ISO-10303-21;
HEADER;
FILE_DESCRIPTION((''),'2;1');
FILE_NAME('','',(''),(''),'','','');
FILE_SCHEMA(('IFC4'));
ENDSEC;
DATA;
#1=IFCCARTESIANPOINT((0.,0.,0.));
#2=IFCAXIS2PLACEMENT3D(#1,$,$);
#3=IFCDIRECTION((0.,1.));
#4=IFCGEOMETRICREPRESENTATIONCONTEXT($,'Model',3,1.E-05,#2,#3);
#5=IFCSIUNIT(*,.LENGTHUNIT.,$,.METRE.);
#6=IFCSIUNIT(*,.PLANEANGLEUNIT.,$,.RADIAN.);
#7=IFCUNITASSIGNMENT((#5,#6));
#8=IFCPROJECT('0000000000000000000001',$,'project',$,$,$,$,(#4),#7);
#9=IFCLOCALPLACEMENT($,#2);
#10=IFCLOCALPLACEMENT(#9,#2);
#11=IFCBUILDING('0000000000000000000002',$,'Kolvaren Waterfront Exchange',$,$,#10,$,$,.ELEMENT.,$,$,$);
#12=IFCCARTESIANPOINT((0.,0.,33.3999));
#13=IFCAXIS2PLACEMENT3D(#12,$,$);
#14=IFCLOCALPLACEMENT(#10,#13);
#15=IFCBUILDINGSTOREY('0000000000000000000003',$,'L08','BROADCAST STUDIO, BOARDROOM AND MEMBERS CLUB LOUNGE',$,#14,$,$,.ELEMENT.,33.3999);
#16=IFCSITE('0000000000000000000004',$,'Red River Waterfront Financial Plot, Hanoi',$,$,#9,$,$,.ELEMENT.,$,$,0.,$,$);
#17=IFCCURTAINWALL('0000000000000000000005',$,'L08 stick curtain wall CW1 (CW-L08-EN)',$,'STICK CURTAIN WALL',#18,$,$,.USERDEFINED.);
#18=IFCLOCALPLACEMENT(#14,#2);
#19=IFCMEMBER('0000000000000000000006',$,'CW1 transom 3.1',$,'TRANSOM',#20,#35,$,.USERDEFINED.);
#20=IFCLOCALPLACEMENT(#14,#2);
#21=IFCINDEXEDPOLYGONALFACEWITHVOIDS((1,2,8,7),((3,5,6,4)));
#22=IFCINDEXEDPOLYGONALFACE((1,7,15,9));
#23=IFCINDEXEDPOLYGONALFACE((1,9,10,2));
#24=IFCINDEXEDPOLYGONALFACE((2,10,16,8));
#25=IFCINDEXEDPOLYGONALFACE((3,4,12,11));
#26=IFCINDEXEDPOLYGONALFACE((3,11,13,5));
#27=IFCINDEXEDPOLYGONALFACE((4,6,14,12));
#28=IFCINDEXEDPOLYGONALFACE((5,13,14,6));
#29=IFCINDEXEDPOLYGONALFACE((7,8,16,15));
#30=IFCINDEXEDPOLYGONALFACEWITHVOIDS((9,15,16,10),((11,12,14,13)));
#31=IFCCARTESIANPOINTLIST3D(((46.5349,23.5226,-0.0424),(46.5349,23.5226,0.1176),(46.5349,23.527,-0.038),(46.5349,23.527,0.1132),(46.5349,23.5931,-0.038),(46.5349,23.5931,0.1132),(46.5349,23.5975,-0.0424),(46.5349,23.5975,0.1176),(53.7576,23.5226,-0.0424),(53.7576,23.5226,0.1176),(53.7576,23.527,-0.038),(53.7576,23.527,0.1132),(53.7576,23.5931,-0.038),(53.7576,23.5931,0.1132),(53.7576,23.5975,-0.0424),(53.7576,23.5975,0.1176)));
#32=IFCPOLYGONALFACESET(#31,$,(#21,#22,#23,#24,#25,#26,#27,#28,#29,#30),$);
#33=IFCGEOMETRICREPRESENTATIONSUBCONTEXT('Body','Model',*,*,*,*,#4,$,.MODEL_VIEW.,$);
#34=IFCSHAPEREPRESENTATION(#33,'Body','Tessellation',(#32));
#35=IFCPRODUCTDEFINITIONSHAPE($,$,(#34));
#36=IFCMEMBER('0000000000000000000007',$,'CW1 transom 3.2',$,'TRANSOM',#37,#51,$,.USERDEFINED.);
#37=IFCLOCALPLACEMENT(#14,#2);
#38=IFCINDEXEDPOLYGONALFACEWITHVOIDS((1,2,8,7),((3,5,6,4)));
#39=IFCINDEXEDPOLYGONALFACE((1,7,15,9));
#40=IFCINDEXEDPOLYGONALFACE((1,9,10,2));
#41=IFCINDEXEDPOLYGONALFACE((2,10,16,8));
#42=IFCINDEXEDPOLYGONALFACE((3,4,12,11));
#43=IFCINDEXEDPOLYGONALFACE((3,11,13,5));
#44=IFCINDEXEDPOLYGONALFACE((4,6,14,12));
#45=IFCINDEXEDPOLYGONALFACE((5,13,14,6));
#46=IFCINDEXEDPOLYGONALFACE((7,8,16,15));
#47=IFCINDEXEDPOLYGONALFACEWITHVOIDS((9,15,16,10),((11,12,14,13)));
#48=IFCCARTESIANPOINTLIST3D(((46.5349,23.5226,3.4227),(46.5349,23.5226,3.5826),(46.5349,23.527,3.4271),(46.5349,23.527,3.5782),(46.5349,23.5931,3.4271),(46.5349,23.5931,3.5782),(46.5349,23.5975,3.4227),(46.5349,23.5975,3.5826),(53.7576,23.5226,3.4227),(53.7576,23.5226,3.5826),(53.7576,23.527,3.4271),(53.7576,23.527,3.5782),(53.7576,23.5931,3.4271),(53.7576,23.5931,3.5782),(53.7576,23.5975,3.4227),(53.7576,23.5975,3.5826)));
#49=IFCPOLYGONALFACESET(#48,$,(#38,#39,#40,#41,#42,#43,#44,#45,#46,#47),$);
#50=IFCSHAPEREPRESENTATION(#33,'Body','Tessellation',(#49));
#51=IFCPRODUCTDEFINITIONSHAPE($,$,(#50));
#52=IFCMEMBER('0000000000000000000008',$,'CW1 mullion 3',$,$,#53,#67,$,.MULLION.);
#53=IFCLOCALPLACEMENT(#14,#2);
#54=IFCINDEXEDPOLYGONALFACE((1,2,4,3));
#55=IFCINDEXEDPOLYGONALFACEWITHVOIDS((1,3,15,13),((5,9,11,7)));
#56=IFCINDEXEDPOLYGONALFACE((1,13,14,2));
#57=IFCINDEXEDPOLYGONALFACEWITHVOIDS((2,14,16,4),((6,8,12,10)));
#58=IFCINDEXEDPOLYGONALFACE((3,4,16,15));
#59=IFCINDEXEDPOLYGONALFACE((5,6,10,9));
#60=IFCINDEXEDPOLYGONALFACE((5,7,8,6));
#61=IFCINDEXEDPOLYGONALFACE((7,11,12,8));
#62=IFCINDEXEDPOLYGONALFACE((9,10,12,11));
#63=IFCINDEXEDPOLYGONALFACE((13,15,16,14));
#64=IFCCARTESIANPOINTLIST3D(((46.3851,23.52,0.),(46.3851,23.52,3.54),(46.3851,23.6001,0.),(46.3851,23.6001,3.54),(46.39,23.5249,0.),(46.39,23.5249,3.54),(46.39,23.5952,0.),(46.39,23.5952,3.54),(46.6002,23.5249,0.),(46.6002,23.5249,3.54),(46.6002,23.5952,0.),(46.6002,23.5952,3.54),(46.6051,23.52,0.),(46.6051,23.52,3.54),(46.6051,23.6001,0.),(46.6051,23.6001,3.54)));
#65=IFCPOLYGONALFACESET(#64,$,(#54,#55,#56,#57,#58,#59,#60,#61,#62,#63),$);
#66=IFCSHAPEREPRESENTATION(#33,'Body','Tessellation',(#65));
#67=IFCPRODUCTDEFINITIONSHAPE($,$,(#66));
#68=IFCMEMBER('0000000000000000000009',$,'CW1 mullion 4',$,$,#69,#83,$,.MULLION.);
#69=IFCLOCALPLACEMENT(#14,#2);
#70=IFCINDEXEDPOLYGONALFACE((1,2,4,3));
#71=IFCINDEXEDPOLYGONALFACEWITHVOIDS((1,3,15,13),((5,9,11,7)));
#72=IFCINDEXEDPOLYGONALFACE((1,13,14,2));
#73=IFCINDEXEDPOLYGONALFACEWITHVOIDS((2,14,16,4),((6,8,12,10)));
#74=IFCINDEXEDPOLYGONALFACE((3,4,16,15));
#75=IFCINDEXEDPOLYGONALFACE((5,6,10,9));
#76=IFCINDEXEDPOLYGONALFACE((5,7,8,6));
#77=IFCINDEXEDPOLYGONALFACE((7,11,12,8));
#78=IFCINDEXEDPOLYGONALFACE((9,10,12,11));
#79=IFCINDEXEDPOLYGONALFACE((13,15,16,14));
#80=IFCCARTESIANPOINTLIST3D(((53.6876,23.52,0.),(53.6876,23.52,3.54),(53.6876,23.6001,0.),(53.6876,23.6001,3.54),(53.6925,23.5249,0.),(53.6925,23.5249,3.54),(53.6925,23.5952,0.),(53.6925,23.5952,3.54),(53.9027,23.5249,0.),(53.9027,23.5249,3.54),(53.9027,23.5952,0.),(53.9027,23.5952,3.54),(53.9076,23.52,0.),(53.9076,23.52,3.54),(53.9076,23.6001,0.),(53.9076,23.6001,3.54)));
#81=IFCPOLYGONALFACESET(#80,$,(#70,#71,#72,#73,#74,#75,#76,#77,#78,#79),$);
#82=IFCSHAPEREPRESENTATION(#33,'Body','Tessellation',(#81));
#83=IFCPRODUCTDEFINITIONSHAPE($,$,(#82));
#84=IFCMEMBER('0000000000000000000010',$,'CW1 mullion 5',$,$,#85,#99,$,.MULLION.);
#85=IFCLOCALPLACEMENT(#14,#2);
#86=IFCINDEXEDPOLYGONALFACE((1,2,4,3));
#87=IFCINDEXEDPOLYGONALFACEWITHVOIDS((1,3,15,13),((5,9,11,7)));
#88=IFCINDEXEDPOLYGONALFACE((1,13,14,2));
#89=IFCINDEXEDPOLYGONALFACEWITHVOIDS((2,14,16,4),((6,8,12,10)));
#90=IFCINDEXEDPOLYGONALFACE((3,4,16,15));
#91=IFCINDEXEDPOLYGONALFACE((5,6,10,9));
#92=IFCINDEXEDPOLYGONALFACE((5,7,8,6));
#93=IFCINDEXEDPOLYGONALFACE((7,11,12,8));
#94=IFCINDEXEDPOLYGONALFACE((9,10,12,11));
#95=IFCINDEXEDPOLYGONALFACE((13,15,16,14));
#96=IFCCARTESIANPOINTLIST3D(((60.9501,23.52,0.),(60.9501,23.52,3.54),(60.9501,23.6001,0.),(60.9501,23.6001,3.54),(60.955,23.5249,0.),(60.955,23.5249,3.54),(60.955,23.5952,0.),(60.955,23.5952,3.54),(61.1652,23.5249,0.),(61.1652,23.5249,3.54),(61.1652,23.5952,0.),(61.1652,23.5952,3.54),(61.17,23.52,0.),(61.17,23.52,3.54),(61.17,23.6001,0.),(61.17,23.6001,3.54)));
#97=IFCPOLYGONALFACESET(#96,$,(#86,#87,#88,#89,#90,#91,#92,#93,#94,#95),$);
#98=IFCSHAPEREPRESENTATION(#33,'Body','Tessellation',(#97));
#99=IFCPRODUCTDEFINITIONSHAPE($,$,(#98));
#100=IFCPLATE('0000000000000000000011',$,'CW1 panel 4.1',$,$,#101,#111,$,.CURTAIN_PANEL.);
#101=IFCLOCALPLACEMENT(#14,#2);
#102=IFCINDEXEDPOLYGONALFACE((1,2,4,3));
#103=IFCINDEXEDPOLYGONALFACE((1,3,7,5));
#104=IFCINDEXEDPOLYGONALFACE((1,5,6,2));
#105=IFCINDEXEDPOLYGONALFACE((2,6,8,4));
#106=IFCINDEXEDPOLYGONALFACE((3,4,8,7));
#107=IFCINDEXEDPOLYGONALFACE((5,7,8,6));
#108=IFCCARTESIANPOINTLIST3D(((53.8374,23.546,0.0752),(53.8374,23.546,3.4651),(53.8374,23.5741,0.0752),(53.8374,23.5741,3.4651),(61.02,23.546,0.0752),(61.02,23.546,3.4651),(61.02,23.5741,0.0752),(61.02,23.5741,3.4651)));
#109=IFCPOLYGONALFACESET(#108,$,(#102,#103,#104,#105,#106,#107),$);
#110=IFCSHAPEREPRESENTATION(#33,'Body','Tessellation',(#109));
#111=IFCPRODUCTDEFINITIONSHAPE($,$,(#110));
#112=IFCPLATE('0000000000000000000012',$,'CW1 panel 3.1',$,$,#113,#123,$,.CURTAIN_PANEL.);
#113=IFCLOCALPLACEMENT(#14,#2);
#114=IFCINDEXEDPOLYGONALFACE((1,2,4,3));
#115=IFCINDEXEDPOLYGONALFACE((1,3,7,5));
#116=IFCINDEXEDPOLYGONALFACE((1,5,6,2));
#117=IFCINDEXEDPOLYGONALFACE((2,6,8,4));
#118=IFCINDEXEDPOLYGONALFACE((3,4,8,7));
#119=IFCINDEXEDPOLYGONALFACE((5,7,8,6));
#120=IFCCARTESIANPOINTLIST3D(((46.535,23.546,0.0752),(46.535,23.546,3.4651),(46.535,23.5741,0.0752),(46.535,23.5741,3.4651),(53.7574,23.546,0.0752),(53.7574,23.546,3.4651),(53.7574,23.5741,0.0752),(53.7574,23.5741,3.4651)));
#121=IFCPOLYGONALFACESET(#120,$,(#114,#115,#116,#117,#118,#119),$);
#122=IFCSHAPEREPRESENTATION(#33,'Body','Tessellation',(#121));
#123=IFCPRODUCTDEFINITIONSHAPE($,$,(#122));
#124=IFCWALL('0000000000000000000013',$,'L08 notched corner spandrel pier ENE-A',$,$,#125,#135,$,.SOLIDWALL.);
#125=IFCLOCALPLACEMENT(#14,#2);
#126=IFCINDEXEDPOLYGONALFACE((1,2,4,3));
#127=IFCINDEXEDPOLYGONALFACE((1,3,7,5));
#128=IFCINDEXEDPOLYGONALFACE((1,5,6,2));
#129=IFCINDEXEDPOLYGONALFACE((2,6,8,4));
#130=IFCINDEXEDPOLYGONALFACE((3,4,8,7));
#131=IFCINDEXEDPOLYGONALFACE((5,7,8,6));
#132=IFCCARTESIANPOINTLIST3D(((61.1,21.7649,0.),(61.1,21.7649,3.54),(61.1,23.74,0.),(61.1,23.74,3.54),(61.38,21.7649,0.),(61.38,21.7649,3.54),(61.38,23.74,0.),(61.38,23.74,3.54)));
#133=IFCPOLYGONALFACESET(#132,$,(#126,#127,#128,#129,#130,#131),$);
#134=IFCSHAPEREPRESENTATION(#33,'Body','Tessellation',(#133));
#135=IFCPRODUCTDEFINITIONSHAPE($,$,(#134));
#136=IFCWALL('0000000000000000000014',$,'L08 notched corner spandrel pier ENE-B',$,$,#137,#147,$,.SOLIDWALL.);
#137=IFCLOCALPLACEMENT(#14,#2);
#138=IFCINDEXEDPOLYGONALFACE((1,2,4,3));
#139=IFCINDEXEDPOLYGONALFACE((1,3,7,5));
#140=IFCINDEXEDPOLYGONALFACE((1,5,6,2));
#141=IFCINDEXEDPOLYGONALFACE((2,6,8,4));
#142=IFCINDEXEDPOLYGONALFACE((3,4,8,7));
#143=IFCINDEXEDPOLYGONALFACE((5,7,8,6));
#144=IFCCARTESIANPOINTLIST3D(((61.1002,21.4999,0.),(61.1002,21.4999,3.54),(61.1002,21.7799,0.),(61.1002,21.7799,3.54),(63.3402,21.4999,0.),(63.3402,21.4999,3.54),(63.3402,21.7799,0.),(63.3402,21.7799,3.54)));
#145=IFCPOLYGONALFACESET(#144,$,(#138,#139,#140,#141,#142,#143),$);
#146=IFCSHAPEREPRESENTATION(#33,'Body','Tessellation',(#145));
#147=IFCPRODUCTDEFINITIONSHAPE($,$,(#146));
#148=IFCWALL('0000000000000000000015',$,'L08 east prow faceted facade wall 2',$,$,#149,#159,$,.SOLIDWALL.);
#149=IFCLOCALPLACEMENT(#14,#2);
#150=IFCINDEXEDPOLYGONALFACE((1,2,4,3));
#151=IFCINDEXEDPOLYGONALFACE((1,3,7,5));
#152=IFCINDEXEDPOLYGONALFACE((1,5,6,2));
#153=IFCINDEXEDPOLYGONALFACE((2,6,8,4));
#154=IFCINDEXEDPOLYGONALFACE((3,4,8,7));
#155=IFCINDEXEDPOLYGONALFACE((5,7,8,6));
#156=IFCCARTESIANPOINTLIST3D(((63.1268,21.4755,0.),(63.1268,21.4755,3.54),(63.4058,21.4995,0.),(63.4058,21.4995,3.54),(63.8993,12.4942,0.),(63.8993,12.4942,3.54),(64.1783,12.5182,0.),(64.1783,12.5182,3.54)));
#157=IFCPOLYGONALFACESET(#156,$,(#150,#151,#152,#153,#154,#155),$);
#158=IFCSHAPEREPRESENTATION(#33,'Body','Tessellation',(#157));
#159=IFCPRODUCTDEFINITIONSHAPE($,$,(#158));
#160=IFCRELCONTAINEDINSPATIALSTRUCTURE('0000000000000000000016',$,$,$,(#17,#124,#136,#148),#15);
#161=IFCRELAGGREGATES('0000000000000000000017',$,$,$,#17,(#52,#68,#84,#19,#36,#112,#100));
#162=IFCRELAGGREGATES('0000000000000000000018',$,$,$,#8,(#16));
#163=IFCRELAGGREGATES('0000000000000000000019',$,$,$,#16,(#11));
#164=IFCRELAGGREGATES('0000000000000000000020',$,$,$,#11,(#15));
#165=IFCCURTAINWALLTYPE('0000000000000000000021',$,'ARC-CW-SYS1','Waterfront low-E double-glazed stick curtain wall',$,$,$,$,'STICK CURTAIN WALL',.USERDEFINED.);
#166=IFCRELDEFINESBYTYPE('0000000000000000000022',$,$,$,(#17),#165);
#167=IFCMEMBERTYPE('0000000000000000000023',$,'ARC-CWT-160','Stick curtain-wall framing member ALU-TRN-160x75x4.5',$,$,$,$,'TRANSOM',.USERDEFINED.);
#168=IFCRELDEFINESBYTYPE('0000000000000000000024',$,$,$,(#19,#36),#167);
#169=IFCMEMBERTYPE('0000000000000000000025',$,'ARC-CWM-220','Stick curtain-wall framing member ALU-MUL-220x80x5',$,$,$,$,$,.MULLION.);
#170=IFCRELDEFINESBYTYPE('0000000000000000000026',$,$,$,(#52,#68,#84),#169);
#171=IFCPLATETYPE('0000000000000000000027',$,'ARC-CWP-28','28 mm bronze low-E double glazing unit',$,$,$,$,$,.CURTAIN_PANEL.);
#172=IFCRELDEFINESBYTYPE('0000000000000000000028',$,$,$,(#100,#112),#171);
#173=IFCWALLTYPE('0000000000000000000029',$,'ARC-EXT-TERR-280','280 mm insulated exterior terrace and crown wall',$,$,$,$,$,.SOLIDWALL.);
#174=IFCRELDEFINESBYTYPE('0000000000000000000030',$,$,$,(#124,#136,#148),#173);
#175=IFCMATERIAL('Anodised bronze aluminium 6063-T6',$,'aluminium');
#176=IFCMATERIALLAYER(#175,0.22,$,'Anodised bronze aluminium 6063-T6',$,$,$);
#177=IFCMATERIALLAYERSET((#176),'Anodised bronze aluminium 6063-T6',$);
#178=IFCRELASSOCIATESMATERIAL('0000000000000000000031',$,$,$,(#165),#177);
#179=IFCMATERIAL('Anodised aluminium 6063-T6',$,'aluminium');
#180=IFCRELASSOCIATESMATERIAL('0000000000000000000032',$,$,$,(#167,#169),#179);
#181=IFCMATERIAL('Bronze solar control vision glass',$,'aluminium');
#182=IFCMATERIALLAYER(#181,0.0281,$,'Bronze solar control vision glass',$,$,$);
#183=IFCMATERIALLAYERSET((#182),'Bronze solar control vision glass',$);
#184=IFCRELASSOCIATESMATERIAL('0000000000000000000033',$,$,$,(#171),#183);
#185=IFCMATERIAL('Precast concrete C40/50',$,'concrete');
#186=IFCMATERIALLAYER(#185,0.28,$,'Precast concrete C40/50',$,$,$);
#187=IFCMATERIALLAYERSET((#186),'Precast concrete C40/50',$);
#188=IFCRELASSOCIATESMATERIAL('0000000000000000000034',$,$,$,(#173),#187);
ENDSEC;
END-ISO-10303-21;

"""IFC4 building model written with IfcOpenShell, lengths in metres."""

from ifc_helpers import new_model, si_unit, direction, frame, frame_2d, origin, origin_with_axes, origin_2d, place, context, subcontext, project, spatial, rectangle, hollow_rectangle, extrude, source, transform, mapped, material, layer, layer_set, material_profile, profile_set, type_object, element, aggregate, save


model = new_model("IFC4")

# Units and contexts
model_context = context("Model", 3, precision=1e-05, world=origin(), true_north=direction((0.0, 1.0)))
body_context = subcontext(model_context, "Body", "Model", "MODEL_VIEW")
ifc_project = project(units=[si_unit("LENGTHUNIT", "METRE"), si_unit("PLANEANGLEUNIT", "RADIAN")], contexts=[model_context])

# Site, building, storey
site_placement = place(None, origin())
site = spatial("IfcSite", under=ifc_project, at=site_placement, Name="Red River Waterfront Financial Plot, Hanoi", CompositionType="ELEMENT", RefElevation=0.0)
building_placement = place(site_placement, origin())
building = spatial("IfcBuilding", under=site, at=building_placement, Name="Kolvaren Waterfront Exchange", CompositionType="ELEMENT")
storey_placement = place(building_placement, frame((0.0, 0.0, 33.3999)))
storey = spatial("IfcBuildingStorey", under=building, at=storey_placement, Name="L08", Description="BROADCAST STUDIO, BOARDROOM AND MEMBERS CLUB LOUNGE", CompositionType="ELEMENT", Elevation=33.3999)

# Curtain wall, members, plates
ifc_material_1 = material(Name="Anodised bronze aluminium 6063-T6", Category="aluminium")
ifc_layer_1 = layer(ifc_material_1, 0.22, Name="Anodised bronze aluminium 6063-T6")
ifc_layer_set_1 = layer_set([ifc_layer_1], Name="Anodised bronze aluminium 6063-T6")
curtain_wall_type = type_object("IfcCurtainWallType", Name="ARC-CW-SYS1", Description="Waterfront low-E double-glazed stick curtain wall", ElementType="STICK CURTAIN WALL", PredefinedType="USERDEFINED", material=ifc_layer_set_1)
curtain_wall_placement = place(storey_placement, origin())
curtain_wall = element("IfcCurtainWall", 1, at=curtain_wall_placement, inside=storey, type_object=curtain_wall_type, Name="L08 stick curtain wall CW1 (CW-L08-EN)", ObjectType="STICK CURTAIN WALL", PredefinedType="USERDEFINED")
ifc_material_2 = material(Name="Anodised aluminium 6063-T6", Category="aluminium")
ifc_material_profile_1 = material_profile(ifc_material_2, hollow_rectangle(XDim=0.075, YDim=0.1599, WallThickness=0.0044, at=origin_2d()), Name="ALU-TRN-160x75x4.5")
ifc_profile_set_1 = profile_set([ifc_material_profile_1], Name="Anodised aluminium 6063-T6")
member_type_1 = type_object("IfcMemberType", Name="ARC-CWT-160", Description="Stick curtain-wall framing member ALU-TRN-160x75x4.5", ElementType="TRANSOM", PredefinedType="USERDEFINED", material=ifc_profile_set_1)
shared_shape_1 = source(origin_with_axes(), body_context, "Body", "SweptSolid", [
    extrude(hollow_rectangle(XDim=0.075, YDim=0.1599, WallThickness=0.0044, at=origin_2d()), origin(), (0.0, 0.0, 1.0), 7.2227),
])
member_1_placement = place(storey_placement, frame((46.5349, 23.5601, 0.0376), z_axis=(1.0, 0.0, 0.0), x_axis=(0.0, 1.0, 0.0)))
member_1 = element("IfcMember", 2, at=member_1_placement, type_object=member_type_1, Name="CW1 transom 3.1", ObjectType="TRANSOM", PredefinedType="USERDEFINED", context=body_context, shape_type="MappedRepresentation", body=[
    mapped(shared_shape_1, transform((0.0, 0.0, 0.0), x_axis=(1.0, 0.0, 0.0), y_axis=(0.0, 1.0, 0.0), z_axis=(0.0, 0.0, 1.0), scale=1.0)),
])
member_2_placement = place(storey_placement, frame((46.5349, 23.5601, 3.5027), z_axis=(1.0, 0.0, 0.0), x_axis=(0.0, 1.0, 0.0)))
member_2 = element("IfcMember", 3, at=member_2_placement, type_object=member_type_1, Name="CW1 transom 3.2", ObjectType="TRANSOM", PredefinedType="USERDEFINED", context=body_context, shape_type="MappedRepresentation", body=[
    mapped(shared_shape_1, transform((0.0, 0.0, 0.0), x_axis=(1.0, 0.0, 0.0), y_axis=(0.0, 1.0, 0.0), z_axis=(0.0, 0.0, 1.0), scale=1.0)),
])
ifc_material_profile_2 = material_profile(ifc_material_2, hollow_rectangle(XDim=0.0801, YDim=0.22, WallThickness=0.0049, at=origin_2d()), Name="ALU-MUL-220x80x5")
ifc_profile_set_2 = profile_set([ifc_material_profile_2], Name="Anodised aluminium 6063-T6")
member_type_2 = type_object("IfcMemberType", Name="ARC-CWM-220", Description="Stick curtain-wall framing member ALU-MUL-220x80x5", PredefinedType="MULLION", material=ifc_profile_set_2)
shared_shape_2 = source(origin_with_axes(), body_context, "Body", "SweptSolid", [
    extrude(hollow_rectangle(XDim=0.0801, YDim=0.22, WallThickness=0.0049, at=origin_2d()), origin(), (0.0, 0.0, 1.0), 3.54),
])
member_3_placement = place(storey_placement, frame((46.4951, 23.5601, 0.0), z_axis=(0.0, 0.0, 1.0), x_axis=(0.0, 1.0, 0.0)))
member_3 = element("IfcMember", 4, at=member_3_placement, type_object=member_type_2, Name="CW1 mullion 3", PredefinedType="MULLION", context=body_context, shape_type="MappedRepresentation", body=[
    mapped(shared_shape_2, transform((0.0, 0.0, 0.0), x_axis=(1.0, 0.0, 0.0), y_axis=(0.0, 1.0, 0.0), z_axis=(0.0, 0.0, 1.0), scale=1.0)),
])
member_4_placement = place(storey_placement, frame((53.7976, 23.5601, 0.0), z_axis=(0.0, 0.0, 1.0), x_axis=(0.0, 1.0, 0.0)))
member_4 = element("IfcMember", 5, at=member_4_placement, type_object=member_type_2, Name="CW1 mullion 4", PredefinedType="MULLION", context=body_context, shape_type="MappedRepresentation", body=[
    mapped(shared_shape_2, transform((0.0, 0.0, 0.0), x_axis=(1.0, 0.0, 0.0), y_axis=(0.0, 1.0, 0.0), z_axis=(0.0, 0.0, 1.0), scale=1.0)),
])
member_5_placement = place(storey_placement, frame((61.0601, 23.5601, 0.0), z_axis=(0.0, 0.0, 1.0), x_axis=(0.0, 1.0, 0.0)))
member_5 = element("IfcMember", 6, at=member_5_placement, type_object=member_type_2, Name="CW1 mullion 5", PredefinedType="MULLION", context=body_context, shape_type="MappedRepresentation", body=[
    mapped(shared_shape_2, transform((0.0, 0.0, 0.0), x_axis=(1.0, 0.0, 0.0), y_axis=(0.0, 1.0, 0.0), z_axis=(0.0, 0.0, 1.0), scale=1.0)),
])
ifc_material_3 = material(Name="Bronze solar control vision glass", Category="aluminium")
ifc_layer_2 = layer(ifc_material_3, 0.0281, Name="Bronze solar control vision glass")
ifc_layer_set_2 = layer_set([ifc_layer_2], Name="Bronze solar control vision glass")
plate_type = type_object("IfcPlateType", Name="ARC-CWP-28", Description="28 mm bronze low-E double glazing unit", PredefinedType="CURTAIN_PANEL", material=ifc_layer_set_2)
shared_shape_3 = source(origin_with_axes(), body_context, "Body", "SweptSolid", [
    extrude(rectangle(XDim=7.1826, YDim=0.0281, at=origin_2d()), origin(), (0.0, 0.0, 1.0), 3.3899),
])
plate_1_placement = place(storey_placement, frame((57.4287, 23.5601, 0.0752), z_axis=(0.0, 0.0, 1.0), x_axis=(1.0, 0.0, 0.0)))
plate_1 = element("IfcPlate", 7, at=plate_1_placement, type_object=plate_type, Name="CW1 panel 4.1", PredefinedType="CURTAIN_PANEL", context=body_context, shape_type="MappedRepresentation", body=[
    mapped(shared_shape_3, transform((0.0, 0.0, 0.0), x_axis=(1.0, 0.0, 0.0), y_axis=(0.0, 1.0, 0.0), z_axis=(0.0, 0.0, 1.0), scale=1.0)),
])
shared_shape_4 = source(origin_with_axes(), body_context, "Body", "SweptSolid", [
    extrude(rectangle(XDim=7.2224, YDim=0.0281, at=origin_2d()), origin(), (0.0, 0.0, 1.0), 3.3899),
])
plate_2_placement = place(storey_placement, frame((50.1462, 23.5601, 0.0752), z_axis=(0.0, 0.0, 1.0), x_axis=(1.0, 0.0, 0.0)))
plate_2 = element("IfcPlate", 8, at=plate_2_placement, type_object=plate_type, Name="CW1 panel 3.1", PredefinedType="CURTAIN_PANEL", context=body_context, shape_type="MappedRepresentation", body=[
    mapped(shared_shape_4, transform((0.0, 0.0, 0.0), x_axis=(1.0, 0.0, 0.0), y_axis=(0.0, 1.0, 0.0), z_axis=(0.0, 0.0, 1.0), scale=1.0)),
])
aggregate(curtain_wall, [member_3, member_4, member_5, member_1, member_2, plate_2, plate_1])

# Walls
ifc_material_4 = material(Name="Precast concrete C40/50", Category="concrete")
ifc_layer_3 = layer(ifc_material_4, 0.28, Name="Precast concrete C40/50")
ifc_layer_set_3 = layer_set([ifc_layer_3], Name="Precast concrete C40/50")
wall_type = type_object("IfcWallType", Name="ARC-EXT-TERR-280", Description="280 mm insulated exterior terrace and crown wall", PredefinedType="SOLIDWALL", material=ifc_layer_set_3)
wall_1_placement = place(storey_placement, frame((61.24, 21.7649, 0.0), z_axis=(0.0, 0.0, 1.0), x_axis=(0.0, 1.0, 0.0)))
element("IfcWall", 9, at=wall_1_placement, inside=storey, type_object=wall_type, Name="L08 notched corner spandrel pier ENE-A", PredefinedType="SOLIDWALL", context=body_context, shape_type="SweptSolid", body=[
    extrude(rectangle(XDim=1.9751, YDim=0.28, at=frame_2d((0.9875, 0.0))), origin(), (0.0, 0.0, 1.0), 3.54),
])
wall_2_placement = place(storey_placement, frame((61.1001, 21.6399, 0.0), z_axis=(0.0, 0.0, 1.0), x_axis=(1.0, 0.0, 0.0)))
element("IfcWall", 10, at=wall_2_placement, inside=storey, type_object=wall_type, Name="L08 notched corner spandrel pier ENE-B", PredefinedType="SOLIDWALL", context=body_context, shape_type="SweptSolid", body=[
    extrude(rectangle(XDim=2.24, YDim=0.28, at=frame_2d((1.1201, 0.0))), origin(), (0.0, 0.0, 1.0), 3.54),
])
wall_3_placement = place(storey_placement, frame((64.0388, 12.5061, 0.0), z_axis=(0.0, 0.0, 1.0), x_axis=(-0.085692, 0.996322, 0.0)))
element("IfcWall", 11, at=wall_3_placement, inside=storey, type_object=wall_type, Name="L08 east prow faceted facade wall 2", PredefinedType="SOLIDWALL", context=body_context, shape_type="SweptSolid", body=[
    extrude(rectangle(XDim=9.0144, YDim=0.28, at=frame_2d((4.5073, 0.0))), origin(), (0.0, 0.0, 1.0), 3.54),
])

save(model, "model.ifc")
